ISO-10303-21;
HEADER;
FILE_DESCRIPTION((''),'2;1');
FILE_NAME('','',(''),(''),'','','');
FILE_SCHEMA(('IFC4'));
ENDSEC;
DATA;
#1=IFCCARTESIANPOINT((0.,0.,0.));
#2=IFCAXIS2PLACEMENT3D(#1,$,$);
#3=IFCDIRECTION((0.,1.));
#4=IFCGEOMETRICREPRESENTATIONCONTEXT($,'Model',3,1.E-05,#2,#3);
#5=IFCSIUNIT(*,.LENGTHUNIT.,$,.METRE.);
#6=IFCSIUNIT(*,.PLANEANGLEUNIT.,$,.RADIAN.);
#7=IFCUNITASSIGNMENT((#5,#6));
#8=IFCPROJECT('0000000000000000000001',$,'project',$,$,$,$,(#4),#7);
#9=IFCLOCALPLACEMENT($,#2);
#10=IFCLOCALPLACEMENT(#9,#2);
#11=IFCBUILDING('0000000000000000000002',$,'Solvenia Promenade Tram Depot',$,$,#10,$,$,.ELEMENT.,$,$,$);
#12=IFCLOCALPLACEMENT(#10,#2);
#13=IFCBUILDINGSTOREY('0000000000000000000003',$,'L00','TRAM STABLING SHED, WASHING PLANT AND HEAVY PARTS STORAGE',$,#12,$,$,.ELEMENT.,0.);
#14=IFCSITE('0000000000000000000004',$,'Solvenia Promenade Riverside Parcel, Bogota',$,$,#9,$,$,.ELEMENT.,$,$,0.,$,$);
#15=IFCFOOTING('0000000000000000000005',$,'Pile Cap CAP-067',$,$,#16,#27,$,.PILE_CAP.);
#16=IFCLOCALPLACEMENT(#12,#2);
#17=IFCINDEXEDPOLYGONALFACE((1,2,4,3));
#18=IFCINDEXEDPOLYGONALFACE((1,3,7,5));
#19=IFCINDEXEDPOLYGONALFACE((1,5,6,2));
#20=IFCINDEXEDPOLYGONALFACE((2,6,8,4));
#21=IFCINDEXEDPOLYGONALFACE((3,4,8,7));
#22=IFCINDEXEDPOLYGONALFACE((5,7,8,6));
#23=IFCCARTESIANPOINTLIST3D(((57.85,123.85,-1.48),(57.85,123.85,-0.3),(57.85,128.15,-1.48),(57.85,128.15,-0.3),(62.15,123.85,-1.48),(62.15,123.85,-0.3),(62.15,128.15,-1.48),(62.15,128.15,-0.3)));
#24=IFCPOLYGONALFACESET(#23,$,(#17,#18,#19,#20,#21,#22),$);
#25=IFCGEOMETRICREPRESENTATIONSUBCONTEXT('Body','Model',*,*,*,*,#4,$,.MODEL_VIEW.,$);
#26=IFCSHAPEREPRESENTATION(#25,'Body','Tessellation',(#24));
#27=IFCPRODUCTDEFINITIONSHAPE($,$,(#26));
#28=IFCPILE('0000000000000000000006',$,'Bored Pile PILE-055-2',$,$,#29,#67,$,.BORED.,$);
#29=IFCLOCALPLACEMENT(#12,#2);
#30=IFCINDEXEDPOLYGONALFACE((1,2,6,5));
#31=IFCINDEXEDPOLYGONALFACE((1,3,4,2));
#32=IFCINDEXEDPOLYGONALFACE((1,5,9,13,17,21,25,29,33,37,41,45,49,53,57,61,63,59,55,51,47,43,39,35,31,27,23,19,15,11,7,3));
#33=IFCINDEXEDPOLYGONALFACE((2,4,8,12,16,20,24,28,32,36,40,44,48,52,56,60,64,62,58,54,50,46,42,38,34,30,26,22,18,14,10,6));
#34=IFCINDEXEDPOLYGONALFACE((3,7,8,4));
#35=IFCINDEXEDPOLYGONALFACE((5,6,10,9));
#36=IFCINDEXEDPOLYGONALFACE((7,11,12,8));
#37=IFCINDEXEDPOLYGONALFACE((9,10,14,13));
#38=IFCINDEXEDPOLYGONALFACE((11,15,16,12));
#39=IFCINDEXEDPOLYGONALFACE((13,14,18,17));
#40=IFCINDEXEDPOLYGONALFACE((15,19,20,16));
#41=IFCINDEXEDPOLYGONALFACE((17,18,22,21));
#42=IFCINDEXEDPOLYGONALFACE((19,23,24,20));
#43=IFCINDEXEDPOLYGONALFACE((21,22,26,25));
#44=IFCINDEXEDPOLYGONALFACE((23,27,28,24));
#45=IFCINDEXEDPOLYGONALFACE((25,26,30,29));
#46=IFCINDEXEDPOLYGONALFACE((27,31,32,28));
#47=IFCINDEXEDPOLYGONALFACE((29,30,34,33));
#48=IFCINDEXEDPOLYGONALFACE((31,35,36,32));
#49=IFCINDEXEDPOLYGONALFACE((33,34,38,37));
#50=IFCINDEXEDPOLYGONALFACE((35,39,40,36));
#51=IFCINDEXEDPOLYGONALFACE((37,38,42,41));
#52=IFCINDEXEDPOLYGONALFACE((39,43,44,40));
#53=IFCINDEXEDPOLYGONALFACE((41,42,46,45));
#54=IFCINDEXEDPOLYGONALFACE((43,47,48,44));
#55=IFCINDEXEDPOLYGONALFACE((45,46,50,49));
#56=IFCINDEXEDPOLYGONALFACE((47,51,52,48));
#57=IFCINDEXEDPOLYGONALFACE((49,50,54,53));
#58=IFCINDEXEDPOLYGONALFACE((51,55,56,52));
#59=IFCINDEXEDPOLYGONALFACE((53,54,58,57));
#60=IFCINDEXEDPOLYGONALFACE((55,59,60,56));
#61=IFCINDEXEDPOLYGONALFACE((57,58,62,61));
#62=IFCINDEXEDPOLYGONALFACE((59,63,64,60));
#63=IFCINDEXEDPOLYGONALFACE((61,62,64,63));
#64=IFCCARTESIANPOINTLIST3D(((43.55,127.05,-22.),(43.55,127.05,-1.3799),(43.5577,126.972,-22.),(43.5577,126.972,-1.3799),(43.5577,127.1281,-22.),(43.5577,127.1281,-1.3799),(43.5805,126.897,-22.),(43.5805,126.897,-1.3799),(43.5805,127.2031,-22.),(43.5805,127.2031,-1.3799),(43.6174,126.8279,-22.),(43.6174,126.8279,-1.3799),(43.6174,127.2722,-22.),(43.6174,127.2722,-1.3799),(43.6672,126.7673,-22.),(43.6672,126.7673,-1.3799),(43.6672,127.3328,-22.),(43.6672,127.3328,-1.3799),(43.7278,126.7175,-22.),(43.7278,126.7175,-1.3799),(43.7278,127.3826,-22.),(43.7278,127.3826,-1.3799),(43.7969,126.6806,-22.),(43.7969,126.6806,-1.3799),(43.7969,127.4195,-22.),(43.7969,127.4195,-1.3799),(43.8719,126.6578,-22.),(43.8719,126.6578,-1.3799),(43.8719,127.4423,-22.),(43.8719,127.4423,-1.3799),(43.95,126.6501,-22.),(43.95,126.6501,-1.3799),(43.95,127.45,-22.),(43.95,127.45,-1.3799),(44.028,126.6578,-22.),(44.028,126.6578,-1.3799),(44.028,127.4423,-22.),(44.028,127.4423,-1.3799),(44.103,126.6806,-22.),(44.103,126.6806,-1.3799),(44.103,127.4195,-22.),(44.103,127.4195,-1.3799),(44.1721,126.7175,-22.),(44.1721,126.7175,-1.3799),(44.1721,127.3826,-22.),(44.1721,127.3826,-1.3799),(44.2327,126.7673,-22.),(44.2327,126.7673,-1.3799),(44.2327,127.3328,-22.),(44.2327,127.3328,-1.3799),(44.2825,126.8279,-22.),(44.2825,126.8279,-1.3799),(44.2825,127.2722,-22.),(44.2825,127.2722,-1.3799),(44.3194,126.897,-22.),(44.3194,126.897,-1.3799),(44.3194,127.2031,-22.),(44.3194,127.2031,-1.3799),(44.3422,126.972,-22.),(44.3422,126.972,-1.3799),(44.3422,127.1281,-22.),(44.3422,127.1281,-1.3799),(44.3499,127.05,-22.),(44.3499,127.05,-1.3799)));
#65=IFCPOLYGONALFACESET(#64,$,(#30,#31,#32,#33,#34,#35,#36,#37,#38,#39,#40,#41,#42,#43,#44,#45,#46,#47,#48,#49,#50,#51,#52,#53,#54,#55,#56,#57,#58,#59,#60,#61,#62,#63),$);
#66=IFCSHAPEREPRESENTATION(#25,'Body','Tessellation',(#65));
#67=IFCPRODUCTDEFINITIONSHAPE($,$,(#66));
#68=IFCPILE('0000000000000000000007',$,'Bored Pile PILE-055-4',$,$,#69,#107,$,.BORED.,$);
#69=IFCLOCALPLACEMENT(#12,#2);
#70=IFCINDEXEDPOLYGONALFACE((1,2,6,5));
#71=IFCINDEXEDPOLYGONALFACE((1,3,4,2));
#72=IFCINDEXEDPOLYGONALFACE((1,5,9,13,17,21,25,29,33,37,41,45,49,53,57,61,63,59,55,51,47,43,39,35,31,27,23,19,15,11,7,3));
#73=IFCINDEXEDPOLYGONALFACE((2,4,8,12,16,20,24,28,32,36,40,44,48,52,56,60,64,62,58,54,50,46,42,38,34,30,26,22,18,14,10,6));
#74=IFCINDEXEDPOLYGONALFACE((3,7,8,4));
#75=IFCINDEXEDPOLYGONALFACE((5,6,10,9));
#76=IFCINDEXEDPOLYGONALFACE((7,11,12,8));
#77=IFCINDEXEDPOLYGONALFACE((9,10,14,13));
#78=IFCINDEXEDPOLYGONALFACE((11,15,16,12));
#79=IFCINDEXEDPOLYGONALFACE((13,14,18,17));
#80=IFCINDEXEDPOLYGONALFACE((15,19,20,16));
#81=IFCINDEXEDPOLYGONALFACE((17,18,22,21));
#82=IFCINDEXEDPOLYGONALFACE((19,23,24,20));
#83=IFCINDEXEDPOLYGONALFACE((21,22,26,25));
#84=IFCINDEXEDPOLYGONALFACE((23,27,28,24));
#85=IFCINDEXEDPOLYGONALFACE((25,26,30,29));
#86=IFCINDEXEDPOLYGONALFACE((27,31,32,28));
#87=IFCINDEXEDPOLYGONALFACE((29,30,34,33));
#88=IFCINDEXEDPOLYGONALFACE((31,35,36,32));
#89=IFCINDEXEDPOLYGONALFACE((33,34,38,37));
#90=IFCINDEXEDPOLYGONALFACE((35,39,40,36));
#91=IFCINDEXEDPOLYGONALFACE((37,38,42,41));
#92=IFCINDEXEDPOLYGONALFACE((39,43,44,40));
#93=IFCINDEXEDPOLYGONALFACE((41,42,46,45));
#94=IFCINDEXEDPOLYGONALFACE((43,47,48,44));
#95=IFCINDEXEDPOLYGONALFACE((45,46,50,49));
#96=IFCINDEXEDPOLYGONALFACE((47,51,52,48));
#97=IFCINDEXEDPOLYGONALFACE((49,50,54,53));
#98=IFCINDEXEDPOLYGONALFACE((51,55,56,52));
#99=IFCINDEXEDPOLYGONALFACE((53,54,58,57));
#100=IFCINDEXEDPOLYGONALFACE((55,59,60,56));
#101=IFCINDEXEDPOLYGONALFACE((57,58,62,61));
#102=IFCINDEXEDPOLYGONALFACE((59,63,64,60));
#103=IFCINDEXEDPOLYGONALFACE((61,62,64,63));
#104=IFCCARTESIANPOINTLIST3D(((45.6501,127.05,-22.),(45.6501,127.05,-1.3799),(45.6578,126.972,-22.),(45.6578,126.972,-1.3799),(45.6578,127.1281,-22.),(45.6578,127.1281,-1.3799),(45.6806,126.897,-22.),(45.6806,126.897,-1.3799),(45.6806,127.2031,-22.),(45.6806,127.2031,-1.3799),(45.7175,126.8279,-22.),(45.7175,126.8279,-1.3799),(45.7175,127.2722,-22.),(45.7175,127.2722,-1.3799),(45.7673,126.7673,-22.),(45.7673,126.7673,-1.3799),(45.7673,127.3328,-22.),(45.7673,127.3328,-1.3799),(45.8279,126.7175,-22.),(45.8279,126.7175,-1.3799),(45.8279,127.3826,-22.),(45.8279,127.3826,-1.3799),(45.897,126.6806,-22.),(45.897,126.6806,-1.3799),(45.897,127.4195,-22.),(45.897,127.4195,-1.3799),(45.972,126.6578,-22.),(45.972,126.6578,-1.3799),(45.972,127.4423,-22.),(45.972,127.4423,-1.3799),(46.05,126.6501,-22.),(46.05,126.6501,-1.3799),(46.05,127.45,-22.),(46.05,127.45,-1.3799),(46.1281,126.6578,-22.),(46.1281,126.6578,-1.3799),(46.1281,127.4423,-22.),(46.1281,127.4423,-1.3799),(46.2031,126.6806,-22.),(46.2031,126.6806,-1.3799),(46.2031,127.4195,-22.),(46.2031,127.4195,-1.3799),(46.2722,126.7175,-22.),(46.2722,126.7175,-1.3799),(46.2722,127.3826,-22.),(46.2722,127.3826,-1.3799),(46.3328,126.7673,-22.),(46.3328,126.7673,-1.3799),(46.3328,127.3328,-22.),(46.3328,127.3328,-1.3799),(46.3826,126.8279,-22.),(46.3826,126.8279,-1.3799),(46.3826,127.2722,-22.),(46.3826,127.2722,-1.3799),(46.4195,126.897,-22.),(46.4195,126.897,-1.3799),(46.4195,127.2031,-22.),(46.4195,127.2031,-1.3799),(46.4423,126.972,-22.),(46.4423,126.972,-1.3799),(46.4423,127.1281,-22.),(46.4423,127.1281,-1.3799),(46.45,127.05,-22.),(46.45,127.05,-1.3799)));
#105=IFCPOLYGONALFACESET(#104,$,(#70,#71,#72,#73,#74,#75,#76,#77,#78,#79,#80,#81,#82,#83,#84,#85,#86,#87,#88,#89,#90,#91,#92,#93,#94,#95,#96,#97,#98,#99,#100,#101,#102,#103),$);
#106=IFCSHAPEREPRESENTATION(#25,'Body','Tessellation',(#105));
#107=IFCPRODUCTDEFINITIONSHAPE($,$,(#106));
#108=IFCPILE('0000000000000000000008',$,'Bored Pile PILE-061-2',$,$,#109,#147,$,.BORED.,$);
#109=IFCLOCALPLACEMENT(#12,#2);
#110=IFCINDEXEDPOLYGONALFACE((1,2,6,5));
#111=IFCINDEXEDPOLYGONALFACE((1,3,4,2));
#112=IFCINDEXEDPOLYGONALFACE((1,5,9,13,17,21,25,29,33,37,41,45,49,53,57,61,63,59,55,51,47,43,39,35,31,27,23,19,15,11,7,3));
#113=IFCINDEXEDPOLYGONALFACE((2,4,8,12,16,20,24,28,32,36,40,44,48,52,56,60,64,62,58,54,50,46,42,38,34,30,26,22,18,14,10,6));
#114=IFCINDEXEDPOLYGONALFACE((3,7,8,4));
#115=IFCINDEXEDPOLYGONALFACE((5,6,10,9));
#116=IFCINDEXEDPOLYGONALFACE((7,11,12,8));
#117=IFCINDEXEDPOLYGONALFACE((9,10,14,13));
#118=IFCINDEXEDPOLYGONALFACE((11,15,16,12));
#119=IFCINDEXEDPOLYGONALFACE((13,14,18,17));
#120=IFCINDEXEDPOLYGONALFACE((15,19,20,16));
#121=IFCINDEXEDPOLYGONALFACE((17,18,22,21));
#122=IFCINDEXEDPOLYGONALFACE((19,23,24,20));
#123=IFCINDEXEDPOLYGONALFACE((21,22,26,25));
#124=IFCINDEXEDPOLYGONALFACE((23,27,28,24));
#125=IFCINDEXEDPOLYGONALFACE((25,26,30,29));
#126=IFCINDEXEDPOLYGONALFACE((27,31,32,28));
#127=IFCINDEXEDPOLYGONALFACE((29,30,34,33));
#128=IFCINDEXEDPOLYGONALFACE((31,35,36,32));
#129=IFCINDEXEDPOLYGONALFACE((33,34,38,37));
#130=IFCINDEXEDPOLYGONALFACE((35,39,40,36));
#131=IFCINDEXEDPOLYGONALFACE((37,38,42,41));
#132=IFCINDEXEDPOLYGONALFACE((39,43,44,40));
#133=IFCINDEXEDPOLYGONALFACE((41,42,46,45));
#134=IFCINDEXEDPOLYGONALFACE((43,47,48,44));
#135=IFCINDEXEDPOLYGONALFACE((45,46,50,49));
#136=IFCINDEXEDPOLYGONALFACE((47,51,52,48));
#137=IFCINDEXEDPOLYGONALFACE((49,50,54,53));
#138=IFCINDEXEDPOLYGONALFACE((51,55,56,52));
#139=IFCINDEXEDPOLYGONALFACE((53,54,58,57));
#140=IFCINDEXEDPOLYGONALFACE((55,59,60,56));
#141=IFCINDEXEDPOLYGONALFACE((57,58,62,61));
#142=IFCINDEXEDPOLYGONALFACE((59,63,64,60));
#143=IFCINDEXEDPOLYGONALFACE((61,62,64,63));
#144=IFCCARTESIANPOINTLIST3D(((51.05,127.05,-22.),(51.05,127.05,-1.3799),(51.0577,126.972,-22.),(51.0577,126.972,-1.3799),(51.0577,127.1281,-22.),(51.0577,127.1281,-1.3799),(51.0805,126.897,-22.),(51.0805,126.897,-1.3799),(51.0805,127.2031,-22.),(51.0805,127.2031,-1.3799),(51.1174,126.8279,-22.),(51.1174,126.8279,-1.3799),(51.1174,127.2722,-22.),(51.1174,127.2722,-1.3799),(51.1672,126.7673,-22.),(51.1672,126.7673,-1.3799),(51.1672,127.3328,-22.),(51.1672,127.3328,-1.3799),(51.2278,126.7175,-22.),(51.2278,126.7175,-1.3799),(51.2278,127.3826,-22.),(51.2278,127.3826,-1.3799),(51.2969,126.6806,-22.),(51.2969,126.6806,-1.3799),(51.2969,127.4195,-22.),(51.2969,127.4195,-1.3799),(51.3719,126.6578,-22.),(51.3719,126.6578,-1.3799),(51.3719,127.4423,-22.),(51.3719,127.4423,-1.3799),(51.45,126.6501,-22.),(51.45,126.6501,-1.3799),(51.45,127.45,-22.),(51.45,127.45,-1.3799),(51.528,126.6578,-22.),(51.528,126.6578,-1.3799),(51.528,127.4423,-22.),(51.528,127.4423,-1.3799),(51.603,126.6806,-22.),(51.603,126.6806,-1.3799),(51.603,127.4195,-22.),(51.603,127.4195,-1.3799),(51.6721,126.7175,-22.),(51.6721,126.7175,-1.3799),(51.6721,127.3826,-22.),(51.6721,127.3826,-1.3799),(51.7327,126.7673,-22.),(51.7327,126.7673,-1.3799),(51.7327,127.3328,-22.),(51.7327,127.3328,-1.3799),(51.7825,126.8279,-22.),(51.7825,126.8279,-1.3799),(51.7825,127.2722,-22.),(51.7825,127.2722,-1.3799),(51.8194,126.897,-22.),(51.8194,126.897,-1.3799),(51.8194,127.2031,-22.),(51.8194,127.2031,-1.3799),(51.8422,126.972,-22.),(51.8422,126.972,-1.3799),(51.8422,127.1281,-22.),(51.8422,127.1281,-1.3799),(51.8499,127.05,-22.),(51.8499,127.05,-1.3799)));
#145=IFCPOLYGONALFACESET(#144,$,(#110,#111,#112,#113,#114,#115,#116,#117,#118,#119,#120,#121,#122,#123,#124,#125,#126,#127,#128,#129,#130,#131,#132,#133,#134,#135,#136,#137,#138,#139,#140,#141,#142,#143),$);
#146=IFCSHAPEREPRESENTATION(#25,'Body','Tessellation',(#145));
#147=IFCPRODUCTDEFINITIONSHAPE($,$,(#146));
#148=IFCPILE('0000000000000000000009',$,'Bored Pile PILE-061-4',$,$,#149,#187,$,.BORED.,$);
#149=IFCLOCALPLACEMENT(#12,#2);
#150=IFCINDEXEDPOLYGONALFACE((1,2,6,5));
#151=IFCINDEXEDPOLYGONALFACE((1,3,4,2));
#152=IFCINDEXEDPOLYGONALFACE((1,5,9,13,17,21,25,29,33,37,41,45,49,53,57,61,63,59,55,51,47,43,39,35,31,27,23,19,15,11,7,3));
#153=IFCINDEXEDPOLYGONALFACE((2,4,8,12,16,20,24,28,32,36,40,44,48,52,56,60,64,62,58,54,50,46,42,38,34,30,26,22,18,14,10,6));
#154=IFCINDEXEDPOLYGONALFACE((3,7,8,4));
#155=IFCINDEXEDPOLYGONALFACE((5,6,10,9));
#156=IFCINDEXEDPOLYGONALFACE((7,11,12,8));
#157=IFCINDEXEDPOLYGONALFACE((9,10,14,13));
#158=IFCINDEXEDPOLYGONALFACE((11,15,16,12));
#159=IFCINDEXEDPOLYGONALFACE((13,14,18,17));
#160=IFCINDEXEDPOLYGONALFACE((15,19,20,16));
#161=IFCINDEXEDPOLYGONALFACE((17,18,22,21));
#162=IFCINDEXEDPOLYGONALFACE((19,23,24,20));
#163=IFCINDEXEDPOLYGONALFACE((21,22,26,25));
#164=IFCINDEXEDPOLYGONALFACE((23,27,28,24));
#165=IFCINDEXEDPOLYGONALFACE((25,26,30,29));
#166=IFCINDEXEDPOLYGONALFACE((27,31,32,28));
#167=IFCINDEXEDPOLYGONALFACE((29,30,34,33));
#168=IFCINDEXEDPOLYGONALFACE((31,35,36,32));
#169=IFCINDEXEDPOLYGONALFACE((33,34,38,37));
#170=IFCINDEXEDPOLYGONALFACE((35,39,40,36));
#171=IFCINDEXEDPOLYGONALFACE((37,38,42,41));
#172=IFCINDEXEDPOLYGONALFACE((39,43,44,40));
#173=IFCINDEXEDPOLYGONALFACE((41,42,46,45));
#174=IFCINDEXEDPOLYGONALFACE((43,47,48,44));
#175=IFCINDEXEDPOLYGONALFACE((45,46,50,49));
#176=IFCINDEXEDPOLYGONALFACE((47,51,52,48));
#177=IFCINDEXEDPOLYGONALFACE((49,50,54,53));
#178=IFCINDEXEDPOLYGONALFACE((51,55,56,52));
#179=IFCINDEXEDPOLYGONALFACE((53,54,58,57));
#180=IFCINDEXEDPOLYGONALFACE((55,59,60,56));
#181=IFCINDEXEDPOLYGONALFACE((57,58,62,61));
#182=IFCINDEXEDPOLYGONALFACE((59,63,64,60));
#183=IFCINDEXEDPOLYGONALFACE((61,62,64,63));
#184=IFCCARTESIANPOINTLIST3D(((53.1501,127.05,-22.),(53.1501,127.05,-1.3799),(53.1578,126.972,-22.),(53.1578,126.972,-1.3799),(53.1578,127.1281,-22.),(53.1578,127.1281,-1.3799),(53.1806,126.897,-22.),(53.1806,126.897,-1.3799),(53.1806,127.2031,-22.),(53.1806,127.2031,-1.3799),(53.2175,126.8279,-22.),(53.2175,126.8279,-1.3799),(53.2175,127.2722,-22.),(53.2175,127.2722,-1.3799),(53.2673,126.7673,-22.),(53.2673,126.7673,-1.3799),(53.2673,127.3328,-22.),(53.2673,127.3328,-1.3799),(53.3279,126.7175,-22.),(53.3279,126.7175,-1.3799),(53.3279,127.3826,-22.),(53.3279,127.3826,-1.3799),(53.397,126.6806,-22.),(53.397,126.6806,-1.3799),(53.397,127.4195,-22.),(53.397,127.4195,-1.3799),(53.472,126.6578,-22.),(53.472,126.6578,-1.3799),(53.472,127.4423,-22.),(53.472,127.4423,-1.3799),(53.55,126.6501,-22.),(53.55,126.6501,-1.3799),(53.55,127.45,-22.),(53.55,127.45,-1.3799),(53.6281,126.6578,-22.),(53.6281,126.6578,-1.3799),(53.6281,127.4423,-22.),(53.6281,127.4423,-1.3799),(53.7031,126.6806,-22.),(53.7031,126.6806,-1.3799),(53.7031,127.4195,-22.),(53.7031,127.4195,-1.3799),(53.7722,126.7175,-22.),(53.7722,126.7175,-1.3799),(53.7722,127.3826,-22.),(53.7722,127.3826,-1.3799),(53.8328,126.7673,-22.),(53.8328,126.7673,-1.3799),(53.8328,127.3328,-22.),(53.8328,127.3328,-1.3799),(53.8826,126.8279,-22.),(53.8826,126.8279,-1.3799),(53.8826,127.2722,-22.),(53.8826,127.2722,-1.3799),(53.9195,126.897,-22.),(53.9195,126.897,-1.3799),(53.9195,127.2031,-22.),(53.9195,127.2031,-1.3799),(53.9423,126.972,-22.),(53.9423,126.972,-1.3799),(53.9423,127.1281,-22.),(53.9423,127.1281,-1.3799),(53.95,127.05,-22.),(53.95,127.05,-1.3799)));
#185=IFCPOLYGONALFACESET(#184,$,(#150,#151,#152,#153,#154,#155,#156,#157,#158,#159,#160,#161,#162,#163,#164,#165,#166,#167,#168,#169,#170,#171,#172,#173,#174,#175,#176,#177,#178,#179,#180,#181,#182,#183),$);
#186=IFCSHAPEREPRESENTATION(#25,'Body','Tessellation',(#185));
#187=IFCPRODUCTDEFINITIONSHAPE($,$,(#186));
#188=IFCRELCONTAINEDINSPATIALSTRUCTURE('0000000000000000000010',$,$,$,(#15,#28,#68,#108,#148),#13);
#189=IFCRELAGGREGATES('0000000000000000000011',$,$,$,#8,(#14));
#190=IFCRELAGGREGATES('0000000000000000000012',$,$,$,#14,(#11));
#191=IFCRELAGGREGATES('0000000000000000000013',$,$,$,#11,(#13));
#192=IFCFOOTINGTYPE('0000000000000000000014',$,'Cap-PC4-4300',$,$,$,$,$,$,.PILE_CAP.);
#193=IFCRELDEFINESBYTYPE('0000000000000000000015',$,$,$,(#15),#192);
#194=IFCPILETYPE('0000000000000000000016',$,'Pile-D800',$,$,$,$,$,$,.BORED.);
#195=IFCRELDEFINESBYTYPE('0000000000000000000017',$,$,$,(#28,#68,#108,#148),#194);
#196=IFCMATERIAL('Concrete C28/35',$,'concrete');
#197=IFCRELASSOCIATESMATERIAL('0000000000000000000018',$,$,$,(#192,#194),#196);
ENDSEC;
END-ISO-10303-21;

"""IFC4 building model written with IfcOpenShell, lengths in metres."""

from ifc_helpers import new_model, si_unit, direction, frame, origin, origin_2d, place, context, subcontext, project, spatial, rectangle, circle, extrude, material, material_profile, profile_set, type_object, element, save


model = new_model("IFC4")

# Units and contexts
model_context = context("Model", 3, precision=1e-05, world=origin(), true_north=direction((0.0, 1.0)))
body_context = subcontext(model_context, "Body", "Model", "MODEL_VIEW")
ifc_project = project(units=[si_unit("LENGTHUNIT", "METRE"), si_unit("PLANEANGLEUNIT", "RADIAN")], contexts=[model_context])

# Site, building, storey
site_placement = place(None, origin())
site = spatial("IfcSite", under=ifc_project, at=site_placement, Name="Solvenia Promenade Riverside Parcel, Bogota", CompositionType="ELEMENT", RefElevation=0.0)
building_placement = place(site_placement, origin())
building = spatial("IfcBuilding", under=site, at=building_placement, Name="Solvenia Promenade Tram Depot", CompositionType="ELEMENT")
storey_placement = place(building_placement, origin())
storey = spatial("IfcBuildingStorey", under=building, at=storey_placement, Name="L00", Description="TRAM STABLING SHED, WASHING PLANT AND HEAVY PARTS STORAGE", CompositionType="ELEMENT", Elevation=0.0)

# Footing
ifc_material_1 = material(Name="Concrete C28/35", Category="concrete")
footing_type = type_object("IfcFootingType", Name="Cap-PC4-4300", PredefinedType="PILE_CAP", material=ifc_material_1)
footing_placement = place(storey_placement, frame((60.0, 126.0, -1.48), z_axis=(0.0, 0.0, 1.0), x_axis=(1.0, 0.0, 0.0)))
element("IfcFooting", 1, at=footing_placement, inside=storey, type_object=footing_type, Name="Pile Cap CAP-067", PredefinedType="PILE_CAP", context=body_context, shape_type="SweptSolid", body=[
    extrude(rectangle(XDim=4.3, YDim=4.3, at=origin_2d()), origin(), (0.0, 0.0, 1.0), 1.1799),
])

# Piles
ifc_material_profile_1 = material_profile(ifc_material_1, circle(Radius=0.3999, at=origin_2d()), Name="D800", Category="concrete")
ifc_profile_set_1 = profile_set([ifc_material_profile_1], Name="Concrete C28/35")
pile_type = type_object("IfcPileType", Name="Pile-D800", PredefinedType="BORED", material=ifc_profile_set_1)
for number, where, z_axis, x_axis, name in (
    (2, (43.95, 127.05, -1.3799), (0.0, 0.0, -1.0), (1.0, 0.0, 0.0), "Bored Pile PILE-055-2"),
    (3, (46.05, 127.05, -1.3799), (0.0, 0.0, -1.0), (1.0, 0.0, 0.0), "Bored Pile PILE-055-4"),
    (4, (51.45, 127.05, -1.3799), (0.0, 0.0, -1.0), (1.0, 0.0, 0.0), "Bored Pile PILE-061-2"),
    (5, (53.55, 127.05, -1.3799), (0.0, 0.0, -1.0), (1.0, 0.0, 0.0), "Bored Pile PILE-061-4"),
):
    element("IfcPile", number, at=place(storey_placement, frame(where, z_axis=z_axis, x_axis=x_axis)), inside=storey, type_object=pile_type, Name=name, PredefinedType="BORED", context=body_context, shape_type="SweptSolid", body=[
        extrude(circle(Radius=0.3999, at=origin_2d()), origin(), (0.0, 0.0, 1.0), 20.6201),
    ])

save(model, "model.ifc")
